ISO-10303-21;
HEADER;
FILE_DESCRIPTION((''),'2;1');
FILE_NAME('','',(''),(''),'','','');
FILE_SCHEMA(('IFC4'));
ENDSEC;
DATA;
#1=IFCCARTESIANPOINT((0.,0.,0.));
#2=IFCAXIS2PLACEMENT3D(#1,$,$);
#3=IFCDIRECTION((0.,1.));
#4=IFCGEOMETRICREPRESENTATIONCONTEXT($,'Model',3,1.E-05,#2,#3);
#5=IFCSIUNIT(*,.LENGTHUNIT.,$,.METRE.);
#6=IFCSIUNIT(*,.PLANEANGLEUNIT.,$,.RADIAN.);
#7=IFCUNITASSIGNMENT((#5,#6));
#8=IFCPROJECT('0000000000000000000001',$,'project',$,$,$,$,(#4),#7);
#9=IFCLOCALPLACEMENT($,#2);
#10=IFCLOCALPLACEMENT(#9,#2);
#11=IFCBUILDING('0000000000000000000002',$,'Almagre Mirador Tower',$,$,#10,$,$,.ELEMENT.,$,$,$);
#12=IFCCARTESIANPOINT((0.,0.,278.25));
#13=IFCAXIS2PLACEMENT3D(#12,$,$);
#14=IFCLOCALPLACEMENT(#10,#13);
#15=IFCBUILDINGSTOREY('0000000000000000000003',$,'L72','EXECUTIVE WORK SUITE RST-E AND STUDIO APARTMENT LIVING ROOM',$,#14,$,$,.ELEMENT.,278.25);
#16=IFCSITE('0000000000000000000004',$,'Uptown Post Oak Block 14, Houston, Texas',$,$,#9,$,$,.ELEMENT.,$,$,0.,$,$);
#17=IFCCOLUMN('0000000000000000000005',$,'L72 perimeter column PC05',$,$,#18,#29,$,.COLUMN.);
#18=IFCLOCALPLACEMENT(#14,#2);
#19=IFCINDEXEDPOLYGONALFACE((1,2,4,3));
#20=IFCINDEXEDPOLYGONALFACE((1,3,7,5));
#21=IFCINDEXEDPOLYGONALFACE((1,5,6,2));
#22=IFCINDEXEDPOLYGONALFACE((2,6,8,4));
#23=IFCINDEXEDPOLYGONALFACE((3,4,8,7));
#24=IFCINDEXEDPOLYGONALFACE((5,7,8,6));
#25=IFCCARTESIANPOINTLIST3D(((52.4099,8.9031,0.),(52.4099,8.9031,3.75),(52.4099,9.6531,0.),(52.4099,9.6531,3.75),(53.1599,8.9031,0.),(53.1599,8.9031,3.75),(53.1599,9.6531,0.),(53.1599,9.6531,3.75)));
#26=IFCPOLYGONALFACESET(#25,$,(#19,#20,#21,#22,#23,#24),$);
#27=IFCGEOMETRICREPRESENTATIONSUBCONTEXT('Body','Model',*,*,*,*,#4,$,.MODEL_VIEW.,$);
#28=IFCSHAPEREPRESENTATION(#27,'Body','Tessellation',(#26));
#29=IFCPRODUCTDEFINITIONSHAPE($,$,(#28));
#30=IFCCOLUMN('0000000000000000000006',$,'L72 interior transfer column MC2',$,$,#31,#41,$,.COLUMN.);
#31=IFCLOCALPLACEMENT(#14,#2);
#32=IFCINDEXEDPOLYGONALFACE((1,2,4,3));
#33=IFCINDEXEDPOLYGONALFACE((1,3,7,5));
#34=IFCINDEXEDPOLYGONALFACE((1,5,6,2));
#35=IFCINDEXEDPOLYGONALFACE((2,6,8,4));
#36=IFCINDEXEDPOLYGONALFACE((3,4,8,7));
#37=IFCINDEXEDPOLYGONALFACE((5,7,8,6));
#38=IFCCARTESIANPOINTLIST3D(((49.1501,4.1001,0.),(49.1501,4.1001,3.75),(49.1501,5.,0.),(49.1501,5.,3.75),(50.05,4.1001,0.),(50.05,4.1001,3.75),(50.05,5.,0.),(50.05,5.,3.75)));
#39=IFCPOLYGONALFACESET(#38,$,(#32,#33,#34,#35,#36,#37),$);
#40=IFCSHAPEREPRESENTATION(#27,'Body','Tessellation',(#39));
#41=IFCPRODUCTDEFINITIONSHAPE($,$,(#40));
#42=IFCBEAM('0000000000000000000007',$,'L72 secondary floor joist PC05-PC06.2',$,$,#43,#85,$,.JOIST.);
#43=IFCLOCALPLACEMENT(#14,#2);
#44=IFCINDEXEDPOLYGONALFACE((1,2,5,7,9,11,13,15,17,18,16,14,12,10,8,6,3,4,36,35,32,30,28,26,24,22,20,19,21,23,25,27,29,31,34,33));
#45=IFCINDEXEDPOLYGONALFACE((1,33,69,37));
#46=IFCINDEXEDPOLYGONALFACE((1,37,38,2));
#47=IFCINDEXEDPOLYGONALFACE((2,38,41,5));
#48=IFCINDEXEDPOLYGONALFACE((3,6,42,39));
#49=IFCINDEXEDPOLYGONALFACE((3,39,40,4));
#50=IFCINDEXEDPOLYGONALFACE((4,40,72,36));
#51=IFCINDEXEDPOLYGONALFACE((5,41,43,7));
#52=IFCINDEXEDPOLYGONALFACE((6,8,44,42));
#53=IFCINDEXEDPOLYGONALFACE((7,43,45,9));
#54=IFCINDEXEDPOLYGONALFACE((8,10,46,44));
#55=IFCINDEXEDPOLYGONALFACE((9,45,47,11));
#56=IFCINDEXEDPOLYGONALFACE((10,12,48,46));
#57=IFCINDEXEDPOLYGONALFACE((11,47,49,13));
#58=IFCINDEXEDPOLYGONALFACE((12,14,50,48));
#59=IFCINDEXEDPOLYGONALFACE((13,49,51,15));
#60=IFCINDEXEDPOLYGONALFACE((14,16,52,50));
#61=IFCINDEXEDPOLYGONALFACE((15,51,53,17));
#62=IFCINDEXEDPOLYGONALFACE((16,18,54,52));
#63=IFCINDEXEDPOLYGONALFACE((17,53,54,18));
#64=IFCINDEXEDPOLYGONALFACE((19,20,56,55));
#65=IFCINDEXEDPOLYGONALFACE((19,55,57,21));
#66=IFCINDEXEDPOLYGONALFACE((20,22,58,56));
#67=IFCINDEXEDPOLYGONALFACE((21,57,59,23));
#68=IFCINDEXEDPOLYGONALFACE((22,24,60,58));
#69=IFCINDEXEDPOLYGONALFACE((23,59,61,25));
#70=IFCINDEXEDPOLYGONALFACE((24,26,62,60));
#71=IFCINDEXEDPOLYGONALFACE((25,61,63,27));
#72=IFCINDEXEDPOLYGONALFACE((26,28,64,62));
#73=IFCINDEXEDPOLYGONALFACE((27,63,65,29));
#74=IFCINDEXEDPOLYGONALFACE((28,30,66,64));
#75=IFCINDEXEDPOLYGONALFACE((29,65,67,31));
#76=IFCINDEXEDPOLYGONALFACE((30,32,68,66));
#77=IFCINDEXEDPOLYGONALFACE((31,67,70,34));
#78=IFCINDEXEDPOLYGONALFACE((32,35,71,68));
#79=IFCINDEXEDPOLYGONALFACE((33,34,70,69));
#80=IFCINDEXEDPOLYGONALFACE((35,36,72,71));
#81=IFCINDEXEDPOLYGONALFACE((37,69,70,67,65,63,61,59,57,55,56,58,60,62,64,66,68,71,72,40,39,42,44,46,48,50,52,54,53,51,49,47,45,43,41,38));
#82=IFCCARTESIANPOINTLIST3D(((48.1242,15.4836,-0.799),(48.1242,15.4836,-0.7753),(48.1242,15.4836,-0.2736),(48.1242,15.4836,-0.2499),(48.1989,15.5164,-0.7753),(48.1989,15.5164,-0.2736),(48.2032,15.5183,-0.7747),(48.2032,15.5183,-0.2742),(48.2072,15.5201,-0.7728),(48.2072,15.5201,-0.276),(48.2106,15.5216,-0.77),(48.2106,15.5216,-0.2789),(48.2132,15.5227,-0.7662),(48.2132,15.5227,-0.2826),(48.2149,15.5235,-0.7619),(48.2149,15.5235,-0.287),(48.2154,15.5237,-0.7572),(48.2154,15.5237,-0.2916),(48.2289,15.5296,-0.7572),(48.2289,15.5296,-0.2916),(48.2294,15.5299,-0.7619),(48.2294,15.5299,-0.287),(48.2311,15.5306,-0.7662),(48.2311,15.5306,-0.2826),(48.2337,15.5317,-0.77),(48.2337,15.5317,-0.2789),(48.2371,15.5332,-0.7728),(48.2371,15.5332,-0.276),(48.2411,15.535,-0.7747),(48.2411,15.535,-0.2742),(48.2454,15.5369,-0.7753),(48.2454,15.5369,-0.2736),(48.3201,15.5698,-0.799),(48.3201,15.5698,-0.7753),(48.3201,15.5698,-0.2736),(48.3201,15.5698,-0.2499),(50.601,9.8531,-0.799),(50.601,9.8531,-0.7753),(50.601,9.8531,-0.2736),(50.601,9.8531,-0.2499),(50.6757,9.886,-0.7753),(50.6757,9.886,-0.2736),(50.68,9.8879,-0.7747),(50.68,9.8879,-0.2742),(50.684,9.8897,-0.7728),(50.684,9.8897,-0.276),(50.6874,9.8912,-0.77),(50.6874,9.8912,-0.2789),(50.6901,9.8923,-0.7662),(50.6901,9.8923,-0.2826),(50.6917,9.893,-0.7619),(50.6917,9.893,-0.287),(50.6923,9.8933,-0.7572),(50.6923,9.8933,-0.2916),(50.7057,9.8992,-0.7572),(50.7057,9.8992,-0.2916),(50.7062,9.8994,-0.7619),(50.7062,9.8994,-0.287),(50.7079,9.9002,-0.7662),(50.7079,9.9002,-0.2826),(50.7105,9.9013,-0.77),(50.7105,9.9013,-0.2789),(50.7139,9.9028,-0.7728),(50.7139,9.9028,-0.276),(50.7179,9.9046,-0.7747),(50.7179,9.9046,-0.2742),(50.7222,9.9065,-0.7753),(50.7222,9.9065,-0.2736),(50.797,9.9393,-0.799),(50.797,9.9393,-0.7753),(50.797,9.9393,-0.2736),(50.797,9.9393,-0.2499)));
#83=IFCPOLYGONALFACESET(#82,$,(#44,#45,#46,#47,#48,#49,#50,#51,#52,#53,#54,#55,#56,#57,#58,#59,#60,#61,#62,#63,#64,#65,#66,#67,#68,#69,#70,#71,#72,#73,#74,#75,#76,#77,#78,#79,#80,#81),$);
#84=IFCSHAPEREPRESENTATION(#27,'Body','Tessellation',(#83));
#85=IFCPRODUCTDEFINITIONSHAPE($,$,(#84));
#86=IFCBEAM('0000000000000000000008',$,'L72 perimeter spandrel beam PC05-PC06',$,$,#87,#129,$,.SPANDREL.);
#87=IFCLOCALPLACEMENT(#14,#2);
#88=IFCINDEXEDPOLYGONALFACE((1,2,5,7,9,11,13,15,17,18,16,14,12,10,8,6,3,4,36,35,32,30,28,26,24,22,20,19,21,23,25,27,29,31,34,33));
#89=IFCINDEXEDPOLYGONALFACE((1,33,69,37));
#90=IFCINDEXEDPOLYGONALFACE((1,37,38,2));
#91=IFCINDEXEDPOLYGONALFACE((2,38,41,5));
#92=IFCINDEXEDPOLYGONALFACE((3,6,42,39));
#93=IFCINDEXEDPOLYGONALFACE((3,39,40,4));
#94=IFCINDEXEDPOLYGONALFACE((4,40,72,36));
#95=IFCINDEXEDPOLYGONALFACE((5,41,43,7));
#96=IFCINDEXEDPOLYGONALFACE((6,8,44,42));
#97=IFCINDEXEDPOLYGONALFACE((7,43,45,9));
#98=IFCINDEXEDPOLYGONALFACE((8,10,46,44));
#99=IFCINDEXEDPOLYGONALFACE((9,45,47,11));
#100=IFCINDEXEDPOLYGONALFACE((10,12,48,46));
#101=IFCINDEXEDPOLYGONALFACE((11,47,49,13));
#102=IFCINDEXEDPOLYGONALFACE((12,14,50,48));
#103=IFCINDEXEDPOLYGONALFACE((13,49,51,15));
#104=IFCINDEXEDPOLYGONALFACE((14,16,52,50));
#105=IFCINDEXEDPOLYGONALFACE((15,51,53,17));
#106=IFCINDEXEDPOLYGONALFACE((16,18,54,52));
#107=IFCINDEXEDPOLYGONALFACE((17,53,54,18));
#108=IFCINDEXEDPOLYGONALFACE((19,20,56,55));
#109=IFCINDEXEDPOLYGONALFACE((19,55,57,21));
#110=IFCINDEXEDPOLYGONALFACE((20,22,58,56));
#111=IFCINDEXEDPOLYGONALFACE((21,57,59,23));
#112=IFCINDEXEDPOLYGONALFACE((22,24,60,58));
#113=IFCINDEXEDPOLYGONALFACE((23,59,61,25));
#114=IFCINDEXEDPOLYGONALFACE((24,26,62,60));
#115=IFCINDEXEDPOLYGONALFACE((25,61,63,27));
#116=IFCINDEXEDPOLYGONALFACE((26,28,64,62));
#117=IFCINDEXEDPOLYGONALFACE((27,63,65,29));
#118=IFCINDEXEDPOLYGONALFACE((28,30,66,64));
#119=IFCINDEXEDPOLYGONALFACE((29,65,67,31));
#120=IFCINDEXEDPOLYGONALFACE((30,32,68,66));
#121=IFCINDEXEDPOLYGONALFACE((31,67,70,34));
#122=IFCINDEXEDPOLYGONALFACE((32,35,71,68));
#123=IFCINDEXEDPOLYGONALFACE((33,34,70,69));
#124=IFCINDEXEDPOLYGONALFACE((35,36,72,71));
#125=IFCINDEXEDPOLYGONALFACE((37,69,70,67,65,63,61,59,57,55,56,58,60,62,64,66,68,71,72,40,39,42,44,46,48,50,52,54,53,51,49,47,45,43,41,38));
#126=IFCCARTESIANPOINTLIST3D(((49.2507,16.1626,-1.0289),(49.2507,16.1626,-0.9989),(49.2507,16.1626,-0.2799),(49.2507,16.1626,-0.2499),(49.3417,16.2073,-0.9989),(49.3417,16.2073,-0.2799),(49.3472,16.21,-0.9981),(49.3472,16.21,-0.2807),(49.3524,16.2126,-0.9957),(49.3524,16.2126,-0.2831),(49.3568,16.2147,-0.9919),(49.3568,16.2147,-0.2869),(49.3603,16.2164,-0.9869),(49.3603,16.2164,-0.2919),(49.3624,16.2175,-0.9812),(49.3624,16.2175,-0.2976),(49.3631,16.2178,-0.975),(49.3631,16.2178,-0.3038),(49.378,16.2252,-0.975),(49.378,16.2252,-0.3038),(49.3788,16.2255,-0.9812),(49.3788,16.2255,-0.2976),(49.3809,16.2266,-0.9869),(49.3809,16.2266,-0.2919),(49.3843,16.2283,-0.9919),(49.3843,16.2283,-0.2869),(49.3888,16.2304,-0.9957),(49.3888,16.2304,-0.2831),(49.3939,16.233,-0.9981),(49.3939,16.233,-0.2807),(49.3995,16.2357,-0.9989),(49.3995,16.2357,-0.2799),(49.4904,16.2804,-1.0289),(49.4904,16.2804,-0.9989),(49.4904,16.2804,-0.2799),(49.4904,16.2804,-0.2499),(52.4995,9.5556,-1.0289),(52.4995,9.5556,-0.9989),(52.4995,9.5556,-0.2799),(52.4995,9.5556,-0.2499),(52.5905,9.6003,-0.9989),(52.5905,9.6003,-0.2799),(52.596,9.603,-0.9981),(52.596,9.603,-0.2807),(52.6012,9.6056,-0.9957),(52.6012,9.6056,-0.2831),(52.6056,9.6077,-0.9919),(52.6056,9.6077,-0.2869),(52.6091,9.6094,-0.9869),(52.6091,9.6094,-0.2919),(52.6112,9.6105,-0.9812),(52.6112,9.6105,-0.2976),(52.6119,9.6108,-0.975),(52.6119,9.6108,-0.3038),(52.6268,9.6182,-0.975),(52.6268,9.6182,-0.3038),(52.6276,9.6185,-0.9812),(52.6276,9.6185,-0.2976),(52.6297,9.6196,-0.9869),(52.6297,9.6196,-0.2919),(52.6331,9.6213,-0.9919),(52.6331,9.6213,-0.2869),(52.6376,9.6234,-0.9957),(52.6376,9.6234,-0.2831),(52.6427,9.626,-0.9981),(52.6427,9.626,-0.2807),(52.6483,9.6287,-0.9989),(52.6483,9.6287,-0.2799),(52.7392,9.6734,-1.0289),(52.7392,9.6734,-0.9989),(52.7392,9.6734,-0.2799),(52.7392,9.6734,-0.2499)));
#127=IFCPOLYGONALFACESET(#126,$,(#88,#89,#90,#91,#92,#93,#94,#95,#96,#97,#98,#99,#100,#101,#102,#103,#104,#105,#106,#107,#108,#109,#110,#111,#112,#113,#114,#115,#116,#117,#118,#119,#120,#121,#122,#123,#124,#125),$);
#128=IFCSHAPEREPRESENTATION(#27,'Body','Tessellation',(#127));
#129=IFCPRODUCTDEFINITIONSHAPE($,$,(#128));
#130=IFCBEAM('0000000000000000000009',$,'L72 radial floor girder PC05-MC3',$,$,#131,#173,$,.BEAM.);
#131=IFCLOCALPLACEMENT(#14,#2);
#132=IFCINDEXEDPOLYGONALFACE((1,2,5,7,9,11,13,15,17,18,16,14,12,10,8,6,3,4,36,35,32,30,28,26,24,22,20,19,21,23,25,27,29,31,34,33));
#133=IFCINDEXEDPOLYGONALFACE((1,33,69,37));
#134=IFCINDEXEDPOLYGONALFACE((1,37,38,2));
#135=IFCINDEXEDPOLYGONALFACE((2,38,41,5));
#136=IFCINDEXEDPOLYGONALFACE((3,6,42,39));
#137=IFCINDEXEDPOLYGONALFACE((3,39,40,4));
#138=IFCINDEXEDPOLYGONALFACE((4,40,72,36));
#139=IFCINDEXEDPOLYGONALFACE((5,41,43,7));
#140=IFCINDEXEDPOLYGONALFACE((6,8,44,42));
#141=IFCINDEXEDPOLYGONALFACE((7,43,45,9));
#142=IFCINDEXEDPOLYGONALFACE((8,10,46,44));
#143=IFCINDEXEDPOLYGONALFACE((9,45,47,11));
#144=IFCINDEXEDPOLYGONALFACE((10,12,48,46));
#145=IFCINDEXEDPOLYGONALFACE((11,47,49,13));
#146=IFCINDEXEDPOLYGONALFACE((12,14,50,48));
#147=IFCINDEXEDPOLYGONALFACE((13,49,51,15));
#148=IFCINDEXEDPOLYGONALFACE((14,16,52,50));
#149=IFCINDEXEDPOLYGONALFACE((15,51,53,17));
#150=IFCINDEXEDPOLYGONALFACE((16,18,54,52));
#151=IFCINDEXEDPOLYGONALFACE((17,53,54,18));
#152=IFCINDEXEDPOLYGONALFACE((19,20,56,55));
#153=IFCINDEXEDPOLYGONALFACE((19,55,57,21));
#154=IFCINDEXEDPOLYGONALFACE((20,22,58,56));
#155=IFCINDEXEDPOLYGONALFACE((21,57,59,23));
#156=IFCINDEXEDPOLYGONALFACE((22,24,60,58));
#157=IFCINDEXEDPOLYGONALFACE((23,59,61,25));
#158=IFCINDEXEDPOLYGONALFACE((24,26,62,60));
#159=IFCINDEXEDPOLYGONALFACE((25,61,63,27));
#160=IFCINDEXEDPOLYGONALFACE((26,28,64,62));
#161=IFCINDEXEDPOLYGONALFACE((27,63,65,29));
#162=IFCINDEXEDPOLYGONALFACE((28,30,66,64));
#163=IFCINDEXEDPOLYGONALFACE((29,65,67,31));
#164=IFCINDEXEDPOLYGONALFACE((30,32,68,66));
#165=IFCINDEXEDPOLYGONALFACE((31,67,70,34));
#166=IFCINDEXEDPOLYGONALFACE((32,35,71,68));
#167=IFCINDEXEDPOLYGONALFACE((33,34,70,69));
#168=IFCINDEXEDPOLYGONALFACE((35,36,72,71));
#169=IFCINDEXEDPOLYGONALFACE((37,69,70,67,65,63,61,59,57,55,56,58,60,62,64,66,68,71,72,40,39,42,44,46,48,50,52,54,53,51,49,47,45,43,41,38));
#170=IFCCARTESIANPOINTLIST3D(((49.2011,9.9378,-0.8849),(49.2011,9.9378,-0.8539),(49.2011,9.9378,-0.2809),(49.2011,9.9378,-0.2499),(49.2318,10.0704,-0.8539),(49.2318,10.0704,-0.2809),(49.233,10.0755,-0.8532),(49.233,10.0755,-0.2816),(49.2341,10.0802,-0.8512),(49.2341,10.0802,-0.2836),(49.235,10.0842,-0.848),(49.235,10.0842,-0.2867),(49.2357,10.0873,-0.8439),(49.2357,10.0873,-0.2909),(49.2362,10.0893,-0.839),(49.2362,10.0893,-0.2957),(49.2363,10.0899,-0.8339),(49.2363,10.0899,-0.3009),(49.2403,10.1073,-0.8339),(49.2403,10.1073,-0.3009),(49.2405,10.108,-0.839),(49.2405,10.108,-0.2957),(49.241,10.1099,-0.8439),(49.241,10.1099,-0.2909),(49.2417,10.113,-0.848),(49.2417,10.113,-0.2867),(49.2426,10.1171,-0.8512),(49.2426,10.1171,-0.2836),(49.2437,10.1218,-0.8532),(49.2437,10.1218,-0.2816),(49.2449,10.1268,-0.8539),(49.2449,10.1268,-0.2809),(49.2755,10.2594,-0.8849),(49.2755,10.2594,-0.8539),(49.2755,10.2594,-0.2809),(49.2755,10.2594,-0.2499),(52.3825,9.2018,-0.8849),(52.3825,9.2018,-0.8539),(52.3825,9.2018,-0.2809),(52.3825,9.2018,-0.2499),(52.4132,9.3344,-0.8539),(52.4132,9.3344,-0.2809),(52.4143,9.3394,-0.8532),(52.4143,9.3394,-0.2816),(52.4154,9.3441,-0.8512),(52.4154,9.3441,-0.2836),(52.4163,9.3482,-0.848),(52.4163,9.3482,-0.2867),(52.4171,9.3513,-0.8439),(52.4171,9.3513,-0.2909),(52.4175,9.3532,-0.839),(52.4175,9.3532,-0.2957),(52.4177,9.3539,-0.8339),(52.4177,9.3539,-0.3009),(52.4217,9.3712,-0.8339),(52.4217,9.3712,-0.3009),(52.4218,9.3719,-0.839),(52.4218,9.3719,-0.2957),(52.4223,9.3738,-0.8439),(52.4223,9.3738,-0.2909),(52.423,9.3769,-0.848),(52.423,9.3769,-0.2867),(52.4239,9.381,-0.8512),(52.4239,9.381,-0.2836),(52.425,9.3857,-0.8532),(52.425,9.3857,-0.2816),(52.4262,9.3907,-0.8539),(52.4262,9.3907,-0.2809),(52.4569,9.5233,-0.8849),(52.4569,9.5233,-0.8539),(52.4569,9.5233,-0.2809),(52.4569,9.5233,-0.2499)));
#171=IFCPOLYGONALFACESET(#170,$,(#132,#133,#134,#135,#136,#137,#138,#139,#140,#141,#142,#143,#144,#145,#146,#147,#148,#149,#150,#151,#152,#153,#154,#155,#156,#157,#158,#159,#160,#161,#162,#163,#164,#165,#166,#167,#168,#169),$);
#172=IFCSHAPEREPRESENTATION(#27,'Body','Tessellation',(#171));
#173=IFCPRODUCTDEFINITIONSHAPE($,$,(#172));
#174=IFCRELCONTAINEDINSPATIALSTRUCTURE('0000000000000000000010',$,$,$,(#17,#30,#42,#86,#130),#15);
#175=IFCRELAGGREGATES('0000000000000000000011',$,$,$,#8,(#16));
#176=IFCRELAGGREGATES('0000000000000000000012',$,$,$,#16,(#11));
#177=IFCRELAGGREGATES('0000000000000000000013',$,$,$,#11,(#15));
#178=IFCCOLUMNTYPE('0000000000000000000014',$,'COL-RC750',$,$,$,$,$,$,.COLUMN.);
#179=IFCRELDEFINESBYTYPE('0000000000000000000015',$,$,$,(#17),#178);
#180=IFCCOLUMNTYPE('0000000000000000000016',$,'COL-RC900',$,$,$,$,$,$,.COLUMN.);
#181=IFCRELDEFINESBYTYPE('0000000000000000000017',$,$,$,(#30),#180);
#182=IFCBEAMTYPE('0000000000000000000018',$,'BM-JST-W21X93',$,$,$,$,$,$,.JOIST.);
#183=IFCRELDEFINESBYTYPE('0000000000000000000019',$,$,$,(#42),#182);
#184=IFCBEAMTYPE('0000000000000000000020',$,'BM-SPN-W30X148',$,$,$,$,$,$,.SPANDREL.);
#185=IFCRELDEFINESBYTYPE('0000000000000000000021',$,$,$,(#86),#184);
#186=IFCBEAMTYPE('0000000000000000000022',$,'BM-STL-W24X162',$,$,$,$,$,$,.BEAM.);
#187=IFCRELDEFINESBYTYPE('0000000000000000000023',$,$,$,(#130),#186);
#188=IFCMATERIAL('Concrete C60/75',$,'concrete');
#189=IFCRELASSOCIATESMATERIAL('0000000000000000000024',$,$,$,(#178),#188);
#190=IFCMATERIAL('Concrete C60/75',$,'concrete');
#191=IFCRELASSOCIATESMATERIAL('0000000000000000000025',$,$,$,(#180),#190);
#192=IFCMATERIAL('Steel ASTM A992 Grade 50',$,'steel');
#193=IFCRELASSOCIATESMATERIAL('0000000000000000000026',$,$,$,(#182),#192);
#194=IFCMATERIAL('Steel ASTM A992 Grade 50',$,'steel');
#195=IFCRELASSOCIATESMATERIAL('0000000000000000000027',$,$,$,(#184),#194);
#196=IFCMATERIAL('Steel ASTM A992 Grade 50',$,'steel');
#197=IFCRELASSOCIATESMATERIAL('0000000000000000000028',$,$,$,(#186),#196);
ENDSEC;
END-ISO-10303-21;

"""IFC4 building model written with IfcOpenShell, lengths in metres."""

from ifc_helpers import new_model, si_unit, direction, frame, origin, origin_2d, place, context, subcontext, project, spatial, rectangle, i_section, extrude, material, material_profile, profile_set, type_object, element, save


model = new_model("IFC4")

# Units and contexts
model_context = context("Model", 3, precision=1e-05, world=origin(), true_north=direction((0.0, 1.0)))
body_context = subcontext(model_context, "Body", "Model", "MODEL_VIEW")
ifc_project = project(units=[si_unit("LENGTHUNIT", "METRE"), si_unit("PLANEANGLEUNIT", "RADIAN")], contexts=[model_context])

# Site, building, storey
site_placement = place(None, origin())
site = spatial("IfcSite", under=ifc_project, at=site_placement, Name="Uptown Post Oak Block 14, Houston, Texas", CompositionType="ELEMENT", RefElevation=0.0)
building_placement = place(site_placement, origin())
building = spatial("IfcBuilding", under=site, at=building_placement, Name="Almagre Mirador Tower", CompositionType="ELEMENT")
storey_placement = place(building_placement, frame((0.0, 0.0, 278.25)))
storey = spatial("IfcBuildingStorey", under=building, at=storey_placement, Name="L72", Description="EXECUTIVE WORK SUITE RST-E AND STUDIO APARTMENT LIVING ROOM", CompositionType="ELEMENT", Elevation=278.25)

# Columns
ifc_material_1 = material(Name="Concrete C60/75", Category="concrete")
ifc_material_profile_1 = material_profile(ifc_material_1, rectangle(XDim=0.75, YDim=0.75, at=origin_2d()), Name="RC750X750")
ifc_profile_set_1 = profile_set([ifc_material_profile_1], Name="Concrete C60/75")
column_type_1 = type_object("IfcColumnType", Name="COL-RC750", PredefinedType="COLUMN", material=ifc_profile_set_1)
column_1_placement = place(storey_placement, frame((52.7849, 9.2781, 0.0), z_axis=(0.0, 0.0, 1.0), x_axis=(1.0, 0.0, 0.0)))
element("IfcColumn", 1, at=column_1_placement, inside=storey, type_object=column_type_1, Name="L72 perimeter column PC05", PredefinedType="COLUMN", context=body_context, shape_type="SweptSolid", body=[
    extrude(rectangle(XDim=0.75, YDim=0.75, at=origin_2d()), origin(), (0.0, 0.0, 1.0), 3.75),
])
ifc_material_2 = material(Name="Concrete C60/75", Category="concrete")
ifc_material_profile_2 = material_profile(ifc_material_2, rectangle(XDim=0.8999, YDim=0.8999, at=origin_2d()), Name="RC900X900")
ifc_profile_set_2 = profile_set([ifc_material_profile_2], Name="Concrete C60/75")
column_type_2 = type_object("IfcColumnType", Name="COL-RC900", PredefinedType="COLUMN", material=ifc_profile_set_2)
column_2_placement = place(storey_placement, frame((49.6001, 4.55, 0.0), z_axis=(0.0, 0.0, 1.0), x_axis=(1.0, 0.0, 0.0)))
element("IfcColumn", 2, at=column_2_placement, inside=storey, type_object=column_type_2, Name="L72 interior transfer column MC2", PredefinedType="COLUMN", context=body_context, shape_type="SweptSolid", body=[
    extrude(rectangle(XDim=0.8999, YDim=0.8999, at=origin_2d()), origin(), (0.0, 0.0, 1.0), 3.75),
])

# Beams
ifc_material_3 = material(Name="Steel ASTM A992 Grade 50", Category="steel")
ifc_material_profile_3 = material_profile(ifc_material_3, i_section(OverallWidth=0.2141, OverallDepth=0.5491, WebThickness=0.0146, FlangeThickness=0.0237, FilletRadius=0.0181, at=origin_2d()), Name="W21X93")
ifc_profile_set_3 = profile_set([ifc_material_profile_3], Name="Steel ASTM A992 Grade 50")
beam_type_1 = type_object("IfcBeamType", Name="BM-JST-W21X93", PredefinedType="JOIST", material=ifc_profile_set_3)
beam_1_placement = place(storey_placement, frame((50.699, 9.8962, -0.5244), z_axis=(-0.402663, 0.915348, 0.0), x_axis=(-0.915348, -0.402663, 0.0)))
element("IfcBeam", 3, at=beam_1_placement, inside=storey, type_object=beam_type_1, Name="L72 secondary floor joist PC05-PC06.2", PredefinedType="JOIST", context=body_context, shape_type="SweptSolid", body=[
    extrude(i_section(OverallWidth=0.2141, OverallDepth=0.5491, WebThickness=0.0146, FlangeThickness=0.0237, FilletRadius=0.0181, at=origin_2d()), origin(), (0.0, 0.0, 1.0), 6.1511),
])
ifc_material_4 = material(Name="Steel ASTM A992 Grade 50", Category="steel")
ifc_material_profile_4 = material_profile(ifc_material_4, i_section(OverallWidth=0.2671, OverallDepth=0.7791, WebThickness=0.0166, FlangeThickness=0.03, FilletRadius=0.0239, at=origin_2d()), Name="W30X148")
ifc_profile_set_4 = profile_set([ifc_material_profile_4], Name="Steel ASTM A992 Grade 50")
beam_type_2 = type_object("IfcBeamType", Name="BM-SPN-W30X148", PredefinedType="SPANDREL", material=ifc_profile_set_4)
beam_2_placement = place(storey_placement, frame((52.6194, 9.6145, -0.6394), z_axis=(-0.441261, 0.897379, 0.0), x_axis=(-0.897379, -0.441261, 0.0)))
element("IfcBeam", 4, at=beam_2_placement, inside=storey, type_object=beam_type_2, Name="L72 perimeter spandrel beam PC05-PC06", PredefinedType="SPANDREL", context=body_context, shape_type="SweptSolid", body=[
    extrude(i_section(OverallWidth=0.2671, OverallDepth=0.7791, WebThickness=0.0166, FlangeThickness=0.03, FilletRadius=0.0239, at=origin_2d()), origin(), (0.0, 0.0, 1.0), 7.3625),
])
ifc_material_5 = material(Name="Steel ASTM A992 Grade 50", Category="steel")
ifc_material_profile_5 = material_profile(ifc_material_5, i_section(OverallWidth=0.3301, OverallDepth=0.635, WebThickness=0.0178, FlangeThickness=0.031, FilletRadius=0.02, at=origin_2d()), Name="W24X162")
ifc_profile_set_5 = profile_set([ifc_material_profile_5], Name="Steel ASTM A992 Grade 50")
beam_type_3 = type_object("IfcBeamType", Name="BM-STL-W24X162", PredefinedType="BEAM", material=ifc_profile_set_5)
beam_3_placement = place(storey_placement, frame((52.4197, 9.3625, -0.5674), z_axis=(-0.974263, 0.225416, 0.0), x_axis=(-0.225416, -0.974263, 0.0)))
element("IfcBeam", 5, at=beam_3_placement, inside=storey, type_object=beam_type_3, Name="L72 radial floor girder PC05-MC3", PredefinedType="BEAM", context=body_context, shape_type="SweptSolid", body=[
    extrude(i_section(OverallWidth=0.3301, OverallDepth=0.635, WebThickness=0.0178, FlangeThickness=0.031, FilletRadius=0.02, at=origin_2d()), origin(), (0.0, 0.0, 1.0), 3.2654),
])

save(model, "model.ifc")
